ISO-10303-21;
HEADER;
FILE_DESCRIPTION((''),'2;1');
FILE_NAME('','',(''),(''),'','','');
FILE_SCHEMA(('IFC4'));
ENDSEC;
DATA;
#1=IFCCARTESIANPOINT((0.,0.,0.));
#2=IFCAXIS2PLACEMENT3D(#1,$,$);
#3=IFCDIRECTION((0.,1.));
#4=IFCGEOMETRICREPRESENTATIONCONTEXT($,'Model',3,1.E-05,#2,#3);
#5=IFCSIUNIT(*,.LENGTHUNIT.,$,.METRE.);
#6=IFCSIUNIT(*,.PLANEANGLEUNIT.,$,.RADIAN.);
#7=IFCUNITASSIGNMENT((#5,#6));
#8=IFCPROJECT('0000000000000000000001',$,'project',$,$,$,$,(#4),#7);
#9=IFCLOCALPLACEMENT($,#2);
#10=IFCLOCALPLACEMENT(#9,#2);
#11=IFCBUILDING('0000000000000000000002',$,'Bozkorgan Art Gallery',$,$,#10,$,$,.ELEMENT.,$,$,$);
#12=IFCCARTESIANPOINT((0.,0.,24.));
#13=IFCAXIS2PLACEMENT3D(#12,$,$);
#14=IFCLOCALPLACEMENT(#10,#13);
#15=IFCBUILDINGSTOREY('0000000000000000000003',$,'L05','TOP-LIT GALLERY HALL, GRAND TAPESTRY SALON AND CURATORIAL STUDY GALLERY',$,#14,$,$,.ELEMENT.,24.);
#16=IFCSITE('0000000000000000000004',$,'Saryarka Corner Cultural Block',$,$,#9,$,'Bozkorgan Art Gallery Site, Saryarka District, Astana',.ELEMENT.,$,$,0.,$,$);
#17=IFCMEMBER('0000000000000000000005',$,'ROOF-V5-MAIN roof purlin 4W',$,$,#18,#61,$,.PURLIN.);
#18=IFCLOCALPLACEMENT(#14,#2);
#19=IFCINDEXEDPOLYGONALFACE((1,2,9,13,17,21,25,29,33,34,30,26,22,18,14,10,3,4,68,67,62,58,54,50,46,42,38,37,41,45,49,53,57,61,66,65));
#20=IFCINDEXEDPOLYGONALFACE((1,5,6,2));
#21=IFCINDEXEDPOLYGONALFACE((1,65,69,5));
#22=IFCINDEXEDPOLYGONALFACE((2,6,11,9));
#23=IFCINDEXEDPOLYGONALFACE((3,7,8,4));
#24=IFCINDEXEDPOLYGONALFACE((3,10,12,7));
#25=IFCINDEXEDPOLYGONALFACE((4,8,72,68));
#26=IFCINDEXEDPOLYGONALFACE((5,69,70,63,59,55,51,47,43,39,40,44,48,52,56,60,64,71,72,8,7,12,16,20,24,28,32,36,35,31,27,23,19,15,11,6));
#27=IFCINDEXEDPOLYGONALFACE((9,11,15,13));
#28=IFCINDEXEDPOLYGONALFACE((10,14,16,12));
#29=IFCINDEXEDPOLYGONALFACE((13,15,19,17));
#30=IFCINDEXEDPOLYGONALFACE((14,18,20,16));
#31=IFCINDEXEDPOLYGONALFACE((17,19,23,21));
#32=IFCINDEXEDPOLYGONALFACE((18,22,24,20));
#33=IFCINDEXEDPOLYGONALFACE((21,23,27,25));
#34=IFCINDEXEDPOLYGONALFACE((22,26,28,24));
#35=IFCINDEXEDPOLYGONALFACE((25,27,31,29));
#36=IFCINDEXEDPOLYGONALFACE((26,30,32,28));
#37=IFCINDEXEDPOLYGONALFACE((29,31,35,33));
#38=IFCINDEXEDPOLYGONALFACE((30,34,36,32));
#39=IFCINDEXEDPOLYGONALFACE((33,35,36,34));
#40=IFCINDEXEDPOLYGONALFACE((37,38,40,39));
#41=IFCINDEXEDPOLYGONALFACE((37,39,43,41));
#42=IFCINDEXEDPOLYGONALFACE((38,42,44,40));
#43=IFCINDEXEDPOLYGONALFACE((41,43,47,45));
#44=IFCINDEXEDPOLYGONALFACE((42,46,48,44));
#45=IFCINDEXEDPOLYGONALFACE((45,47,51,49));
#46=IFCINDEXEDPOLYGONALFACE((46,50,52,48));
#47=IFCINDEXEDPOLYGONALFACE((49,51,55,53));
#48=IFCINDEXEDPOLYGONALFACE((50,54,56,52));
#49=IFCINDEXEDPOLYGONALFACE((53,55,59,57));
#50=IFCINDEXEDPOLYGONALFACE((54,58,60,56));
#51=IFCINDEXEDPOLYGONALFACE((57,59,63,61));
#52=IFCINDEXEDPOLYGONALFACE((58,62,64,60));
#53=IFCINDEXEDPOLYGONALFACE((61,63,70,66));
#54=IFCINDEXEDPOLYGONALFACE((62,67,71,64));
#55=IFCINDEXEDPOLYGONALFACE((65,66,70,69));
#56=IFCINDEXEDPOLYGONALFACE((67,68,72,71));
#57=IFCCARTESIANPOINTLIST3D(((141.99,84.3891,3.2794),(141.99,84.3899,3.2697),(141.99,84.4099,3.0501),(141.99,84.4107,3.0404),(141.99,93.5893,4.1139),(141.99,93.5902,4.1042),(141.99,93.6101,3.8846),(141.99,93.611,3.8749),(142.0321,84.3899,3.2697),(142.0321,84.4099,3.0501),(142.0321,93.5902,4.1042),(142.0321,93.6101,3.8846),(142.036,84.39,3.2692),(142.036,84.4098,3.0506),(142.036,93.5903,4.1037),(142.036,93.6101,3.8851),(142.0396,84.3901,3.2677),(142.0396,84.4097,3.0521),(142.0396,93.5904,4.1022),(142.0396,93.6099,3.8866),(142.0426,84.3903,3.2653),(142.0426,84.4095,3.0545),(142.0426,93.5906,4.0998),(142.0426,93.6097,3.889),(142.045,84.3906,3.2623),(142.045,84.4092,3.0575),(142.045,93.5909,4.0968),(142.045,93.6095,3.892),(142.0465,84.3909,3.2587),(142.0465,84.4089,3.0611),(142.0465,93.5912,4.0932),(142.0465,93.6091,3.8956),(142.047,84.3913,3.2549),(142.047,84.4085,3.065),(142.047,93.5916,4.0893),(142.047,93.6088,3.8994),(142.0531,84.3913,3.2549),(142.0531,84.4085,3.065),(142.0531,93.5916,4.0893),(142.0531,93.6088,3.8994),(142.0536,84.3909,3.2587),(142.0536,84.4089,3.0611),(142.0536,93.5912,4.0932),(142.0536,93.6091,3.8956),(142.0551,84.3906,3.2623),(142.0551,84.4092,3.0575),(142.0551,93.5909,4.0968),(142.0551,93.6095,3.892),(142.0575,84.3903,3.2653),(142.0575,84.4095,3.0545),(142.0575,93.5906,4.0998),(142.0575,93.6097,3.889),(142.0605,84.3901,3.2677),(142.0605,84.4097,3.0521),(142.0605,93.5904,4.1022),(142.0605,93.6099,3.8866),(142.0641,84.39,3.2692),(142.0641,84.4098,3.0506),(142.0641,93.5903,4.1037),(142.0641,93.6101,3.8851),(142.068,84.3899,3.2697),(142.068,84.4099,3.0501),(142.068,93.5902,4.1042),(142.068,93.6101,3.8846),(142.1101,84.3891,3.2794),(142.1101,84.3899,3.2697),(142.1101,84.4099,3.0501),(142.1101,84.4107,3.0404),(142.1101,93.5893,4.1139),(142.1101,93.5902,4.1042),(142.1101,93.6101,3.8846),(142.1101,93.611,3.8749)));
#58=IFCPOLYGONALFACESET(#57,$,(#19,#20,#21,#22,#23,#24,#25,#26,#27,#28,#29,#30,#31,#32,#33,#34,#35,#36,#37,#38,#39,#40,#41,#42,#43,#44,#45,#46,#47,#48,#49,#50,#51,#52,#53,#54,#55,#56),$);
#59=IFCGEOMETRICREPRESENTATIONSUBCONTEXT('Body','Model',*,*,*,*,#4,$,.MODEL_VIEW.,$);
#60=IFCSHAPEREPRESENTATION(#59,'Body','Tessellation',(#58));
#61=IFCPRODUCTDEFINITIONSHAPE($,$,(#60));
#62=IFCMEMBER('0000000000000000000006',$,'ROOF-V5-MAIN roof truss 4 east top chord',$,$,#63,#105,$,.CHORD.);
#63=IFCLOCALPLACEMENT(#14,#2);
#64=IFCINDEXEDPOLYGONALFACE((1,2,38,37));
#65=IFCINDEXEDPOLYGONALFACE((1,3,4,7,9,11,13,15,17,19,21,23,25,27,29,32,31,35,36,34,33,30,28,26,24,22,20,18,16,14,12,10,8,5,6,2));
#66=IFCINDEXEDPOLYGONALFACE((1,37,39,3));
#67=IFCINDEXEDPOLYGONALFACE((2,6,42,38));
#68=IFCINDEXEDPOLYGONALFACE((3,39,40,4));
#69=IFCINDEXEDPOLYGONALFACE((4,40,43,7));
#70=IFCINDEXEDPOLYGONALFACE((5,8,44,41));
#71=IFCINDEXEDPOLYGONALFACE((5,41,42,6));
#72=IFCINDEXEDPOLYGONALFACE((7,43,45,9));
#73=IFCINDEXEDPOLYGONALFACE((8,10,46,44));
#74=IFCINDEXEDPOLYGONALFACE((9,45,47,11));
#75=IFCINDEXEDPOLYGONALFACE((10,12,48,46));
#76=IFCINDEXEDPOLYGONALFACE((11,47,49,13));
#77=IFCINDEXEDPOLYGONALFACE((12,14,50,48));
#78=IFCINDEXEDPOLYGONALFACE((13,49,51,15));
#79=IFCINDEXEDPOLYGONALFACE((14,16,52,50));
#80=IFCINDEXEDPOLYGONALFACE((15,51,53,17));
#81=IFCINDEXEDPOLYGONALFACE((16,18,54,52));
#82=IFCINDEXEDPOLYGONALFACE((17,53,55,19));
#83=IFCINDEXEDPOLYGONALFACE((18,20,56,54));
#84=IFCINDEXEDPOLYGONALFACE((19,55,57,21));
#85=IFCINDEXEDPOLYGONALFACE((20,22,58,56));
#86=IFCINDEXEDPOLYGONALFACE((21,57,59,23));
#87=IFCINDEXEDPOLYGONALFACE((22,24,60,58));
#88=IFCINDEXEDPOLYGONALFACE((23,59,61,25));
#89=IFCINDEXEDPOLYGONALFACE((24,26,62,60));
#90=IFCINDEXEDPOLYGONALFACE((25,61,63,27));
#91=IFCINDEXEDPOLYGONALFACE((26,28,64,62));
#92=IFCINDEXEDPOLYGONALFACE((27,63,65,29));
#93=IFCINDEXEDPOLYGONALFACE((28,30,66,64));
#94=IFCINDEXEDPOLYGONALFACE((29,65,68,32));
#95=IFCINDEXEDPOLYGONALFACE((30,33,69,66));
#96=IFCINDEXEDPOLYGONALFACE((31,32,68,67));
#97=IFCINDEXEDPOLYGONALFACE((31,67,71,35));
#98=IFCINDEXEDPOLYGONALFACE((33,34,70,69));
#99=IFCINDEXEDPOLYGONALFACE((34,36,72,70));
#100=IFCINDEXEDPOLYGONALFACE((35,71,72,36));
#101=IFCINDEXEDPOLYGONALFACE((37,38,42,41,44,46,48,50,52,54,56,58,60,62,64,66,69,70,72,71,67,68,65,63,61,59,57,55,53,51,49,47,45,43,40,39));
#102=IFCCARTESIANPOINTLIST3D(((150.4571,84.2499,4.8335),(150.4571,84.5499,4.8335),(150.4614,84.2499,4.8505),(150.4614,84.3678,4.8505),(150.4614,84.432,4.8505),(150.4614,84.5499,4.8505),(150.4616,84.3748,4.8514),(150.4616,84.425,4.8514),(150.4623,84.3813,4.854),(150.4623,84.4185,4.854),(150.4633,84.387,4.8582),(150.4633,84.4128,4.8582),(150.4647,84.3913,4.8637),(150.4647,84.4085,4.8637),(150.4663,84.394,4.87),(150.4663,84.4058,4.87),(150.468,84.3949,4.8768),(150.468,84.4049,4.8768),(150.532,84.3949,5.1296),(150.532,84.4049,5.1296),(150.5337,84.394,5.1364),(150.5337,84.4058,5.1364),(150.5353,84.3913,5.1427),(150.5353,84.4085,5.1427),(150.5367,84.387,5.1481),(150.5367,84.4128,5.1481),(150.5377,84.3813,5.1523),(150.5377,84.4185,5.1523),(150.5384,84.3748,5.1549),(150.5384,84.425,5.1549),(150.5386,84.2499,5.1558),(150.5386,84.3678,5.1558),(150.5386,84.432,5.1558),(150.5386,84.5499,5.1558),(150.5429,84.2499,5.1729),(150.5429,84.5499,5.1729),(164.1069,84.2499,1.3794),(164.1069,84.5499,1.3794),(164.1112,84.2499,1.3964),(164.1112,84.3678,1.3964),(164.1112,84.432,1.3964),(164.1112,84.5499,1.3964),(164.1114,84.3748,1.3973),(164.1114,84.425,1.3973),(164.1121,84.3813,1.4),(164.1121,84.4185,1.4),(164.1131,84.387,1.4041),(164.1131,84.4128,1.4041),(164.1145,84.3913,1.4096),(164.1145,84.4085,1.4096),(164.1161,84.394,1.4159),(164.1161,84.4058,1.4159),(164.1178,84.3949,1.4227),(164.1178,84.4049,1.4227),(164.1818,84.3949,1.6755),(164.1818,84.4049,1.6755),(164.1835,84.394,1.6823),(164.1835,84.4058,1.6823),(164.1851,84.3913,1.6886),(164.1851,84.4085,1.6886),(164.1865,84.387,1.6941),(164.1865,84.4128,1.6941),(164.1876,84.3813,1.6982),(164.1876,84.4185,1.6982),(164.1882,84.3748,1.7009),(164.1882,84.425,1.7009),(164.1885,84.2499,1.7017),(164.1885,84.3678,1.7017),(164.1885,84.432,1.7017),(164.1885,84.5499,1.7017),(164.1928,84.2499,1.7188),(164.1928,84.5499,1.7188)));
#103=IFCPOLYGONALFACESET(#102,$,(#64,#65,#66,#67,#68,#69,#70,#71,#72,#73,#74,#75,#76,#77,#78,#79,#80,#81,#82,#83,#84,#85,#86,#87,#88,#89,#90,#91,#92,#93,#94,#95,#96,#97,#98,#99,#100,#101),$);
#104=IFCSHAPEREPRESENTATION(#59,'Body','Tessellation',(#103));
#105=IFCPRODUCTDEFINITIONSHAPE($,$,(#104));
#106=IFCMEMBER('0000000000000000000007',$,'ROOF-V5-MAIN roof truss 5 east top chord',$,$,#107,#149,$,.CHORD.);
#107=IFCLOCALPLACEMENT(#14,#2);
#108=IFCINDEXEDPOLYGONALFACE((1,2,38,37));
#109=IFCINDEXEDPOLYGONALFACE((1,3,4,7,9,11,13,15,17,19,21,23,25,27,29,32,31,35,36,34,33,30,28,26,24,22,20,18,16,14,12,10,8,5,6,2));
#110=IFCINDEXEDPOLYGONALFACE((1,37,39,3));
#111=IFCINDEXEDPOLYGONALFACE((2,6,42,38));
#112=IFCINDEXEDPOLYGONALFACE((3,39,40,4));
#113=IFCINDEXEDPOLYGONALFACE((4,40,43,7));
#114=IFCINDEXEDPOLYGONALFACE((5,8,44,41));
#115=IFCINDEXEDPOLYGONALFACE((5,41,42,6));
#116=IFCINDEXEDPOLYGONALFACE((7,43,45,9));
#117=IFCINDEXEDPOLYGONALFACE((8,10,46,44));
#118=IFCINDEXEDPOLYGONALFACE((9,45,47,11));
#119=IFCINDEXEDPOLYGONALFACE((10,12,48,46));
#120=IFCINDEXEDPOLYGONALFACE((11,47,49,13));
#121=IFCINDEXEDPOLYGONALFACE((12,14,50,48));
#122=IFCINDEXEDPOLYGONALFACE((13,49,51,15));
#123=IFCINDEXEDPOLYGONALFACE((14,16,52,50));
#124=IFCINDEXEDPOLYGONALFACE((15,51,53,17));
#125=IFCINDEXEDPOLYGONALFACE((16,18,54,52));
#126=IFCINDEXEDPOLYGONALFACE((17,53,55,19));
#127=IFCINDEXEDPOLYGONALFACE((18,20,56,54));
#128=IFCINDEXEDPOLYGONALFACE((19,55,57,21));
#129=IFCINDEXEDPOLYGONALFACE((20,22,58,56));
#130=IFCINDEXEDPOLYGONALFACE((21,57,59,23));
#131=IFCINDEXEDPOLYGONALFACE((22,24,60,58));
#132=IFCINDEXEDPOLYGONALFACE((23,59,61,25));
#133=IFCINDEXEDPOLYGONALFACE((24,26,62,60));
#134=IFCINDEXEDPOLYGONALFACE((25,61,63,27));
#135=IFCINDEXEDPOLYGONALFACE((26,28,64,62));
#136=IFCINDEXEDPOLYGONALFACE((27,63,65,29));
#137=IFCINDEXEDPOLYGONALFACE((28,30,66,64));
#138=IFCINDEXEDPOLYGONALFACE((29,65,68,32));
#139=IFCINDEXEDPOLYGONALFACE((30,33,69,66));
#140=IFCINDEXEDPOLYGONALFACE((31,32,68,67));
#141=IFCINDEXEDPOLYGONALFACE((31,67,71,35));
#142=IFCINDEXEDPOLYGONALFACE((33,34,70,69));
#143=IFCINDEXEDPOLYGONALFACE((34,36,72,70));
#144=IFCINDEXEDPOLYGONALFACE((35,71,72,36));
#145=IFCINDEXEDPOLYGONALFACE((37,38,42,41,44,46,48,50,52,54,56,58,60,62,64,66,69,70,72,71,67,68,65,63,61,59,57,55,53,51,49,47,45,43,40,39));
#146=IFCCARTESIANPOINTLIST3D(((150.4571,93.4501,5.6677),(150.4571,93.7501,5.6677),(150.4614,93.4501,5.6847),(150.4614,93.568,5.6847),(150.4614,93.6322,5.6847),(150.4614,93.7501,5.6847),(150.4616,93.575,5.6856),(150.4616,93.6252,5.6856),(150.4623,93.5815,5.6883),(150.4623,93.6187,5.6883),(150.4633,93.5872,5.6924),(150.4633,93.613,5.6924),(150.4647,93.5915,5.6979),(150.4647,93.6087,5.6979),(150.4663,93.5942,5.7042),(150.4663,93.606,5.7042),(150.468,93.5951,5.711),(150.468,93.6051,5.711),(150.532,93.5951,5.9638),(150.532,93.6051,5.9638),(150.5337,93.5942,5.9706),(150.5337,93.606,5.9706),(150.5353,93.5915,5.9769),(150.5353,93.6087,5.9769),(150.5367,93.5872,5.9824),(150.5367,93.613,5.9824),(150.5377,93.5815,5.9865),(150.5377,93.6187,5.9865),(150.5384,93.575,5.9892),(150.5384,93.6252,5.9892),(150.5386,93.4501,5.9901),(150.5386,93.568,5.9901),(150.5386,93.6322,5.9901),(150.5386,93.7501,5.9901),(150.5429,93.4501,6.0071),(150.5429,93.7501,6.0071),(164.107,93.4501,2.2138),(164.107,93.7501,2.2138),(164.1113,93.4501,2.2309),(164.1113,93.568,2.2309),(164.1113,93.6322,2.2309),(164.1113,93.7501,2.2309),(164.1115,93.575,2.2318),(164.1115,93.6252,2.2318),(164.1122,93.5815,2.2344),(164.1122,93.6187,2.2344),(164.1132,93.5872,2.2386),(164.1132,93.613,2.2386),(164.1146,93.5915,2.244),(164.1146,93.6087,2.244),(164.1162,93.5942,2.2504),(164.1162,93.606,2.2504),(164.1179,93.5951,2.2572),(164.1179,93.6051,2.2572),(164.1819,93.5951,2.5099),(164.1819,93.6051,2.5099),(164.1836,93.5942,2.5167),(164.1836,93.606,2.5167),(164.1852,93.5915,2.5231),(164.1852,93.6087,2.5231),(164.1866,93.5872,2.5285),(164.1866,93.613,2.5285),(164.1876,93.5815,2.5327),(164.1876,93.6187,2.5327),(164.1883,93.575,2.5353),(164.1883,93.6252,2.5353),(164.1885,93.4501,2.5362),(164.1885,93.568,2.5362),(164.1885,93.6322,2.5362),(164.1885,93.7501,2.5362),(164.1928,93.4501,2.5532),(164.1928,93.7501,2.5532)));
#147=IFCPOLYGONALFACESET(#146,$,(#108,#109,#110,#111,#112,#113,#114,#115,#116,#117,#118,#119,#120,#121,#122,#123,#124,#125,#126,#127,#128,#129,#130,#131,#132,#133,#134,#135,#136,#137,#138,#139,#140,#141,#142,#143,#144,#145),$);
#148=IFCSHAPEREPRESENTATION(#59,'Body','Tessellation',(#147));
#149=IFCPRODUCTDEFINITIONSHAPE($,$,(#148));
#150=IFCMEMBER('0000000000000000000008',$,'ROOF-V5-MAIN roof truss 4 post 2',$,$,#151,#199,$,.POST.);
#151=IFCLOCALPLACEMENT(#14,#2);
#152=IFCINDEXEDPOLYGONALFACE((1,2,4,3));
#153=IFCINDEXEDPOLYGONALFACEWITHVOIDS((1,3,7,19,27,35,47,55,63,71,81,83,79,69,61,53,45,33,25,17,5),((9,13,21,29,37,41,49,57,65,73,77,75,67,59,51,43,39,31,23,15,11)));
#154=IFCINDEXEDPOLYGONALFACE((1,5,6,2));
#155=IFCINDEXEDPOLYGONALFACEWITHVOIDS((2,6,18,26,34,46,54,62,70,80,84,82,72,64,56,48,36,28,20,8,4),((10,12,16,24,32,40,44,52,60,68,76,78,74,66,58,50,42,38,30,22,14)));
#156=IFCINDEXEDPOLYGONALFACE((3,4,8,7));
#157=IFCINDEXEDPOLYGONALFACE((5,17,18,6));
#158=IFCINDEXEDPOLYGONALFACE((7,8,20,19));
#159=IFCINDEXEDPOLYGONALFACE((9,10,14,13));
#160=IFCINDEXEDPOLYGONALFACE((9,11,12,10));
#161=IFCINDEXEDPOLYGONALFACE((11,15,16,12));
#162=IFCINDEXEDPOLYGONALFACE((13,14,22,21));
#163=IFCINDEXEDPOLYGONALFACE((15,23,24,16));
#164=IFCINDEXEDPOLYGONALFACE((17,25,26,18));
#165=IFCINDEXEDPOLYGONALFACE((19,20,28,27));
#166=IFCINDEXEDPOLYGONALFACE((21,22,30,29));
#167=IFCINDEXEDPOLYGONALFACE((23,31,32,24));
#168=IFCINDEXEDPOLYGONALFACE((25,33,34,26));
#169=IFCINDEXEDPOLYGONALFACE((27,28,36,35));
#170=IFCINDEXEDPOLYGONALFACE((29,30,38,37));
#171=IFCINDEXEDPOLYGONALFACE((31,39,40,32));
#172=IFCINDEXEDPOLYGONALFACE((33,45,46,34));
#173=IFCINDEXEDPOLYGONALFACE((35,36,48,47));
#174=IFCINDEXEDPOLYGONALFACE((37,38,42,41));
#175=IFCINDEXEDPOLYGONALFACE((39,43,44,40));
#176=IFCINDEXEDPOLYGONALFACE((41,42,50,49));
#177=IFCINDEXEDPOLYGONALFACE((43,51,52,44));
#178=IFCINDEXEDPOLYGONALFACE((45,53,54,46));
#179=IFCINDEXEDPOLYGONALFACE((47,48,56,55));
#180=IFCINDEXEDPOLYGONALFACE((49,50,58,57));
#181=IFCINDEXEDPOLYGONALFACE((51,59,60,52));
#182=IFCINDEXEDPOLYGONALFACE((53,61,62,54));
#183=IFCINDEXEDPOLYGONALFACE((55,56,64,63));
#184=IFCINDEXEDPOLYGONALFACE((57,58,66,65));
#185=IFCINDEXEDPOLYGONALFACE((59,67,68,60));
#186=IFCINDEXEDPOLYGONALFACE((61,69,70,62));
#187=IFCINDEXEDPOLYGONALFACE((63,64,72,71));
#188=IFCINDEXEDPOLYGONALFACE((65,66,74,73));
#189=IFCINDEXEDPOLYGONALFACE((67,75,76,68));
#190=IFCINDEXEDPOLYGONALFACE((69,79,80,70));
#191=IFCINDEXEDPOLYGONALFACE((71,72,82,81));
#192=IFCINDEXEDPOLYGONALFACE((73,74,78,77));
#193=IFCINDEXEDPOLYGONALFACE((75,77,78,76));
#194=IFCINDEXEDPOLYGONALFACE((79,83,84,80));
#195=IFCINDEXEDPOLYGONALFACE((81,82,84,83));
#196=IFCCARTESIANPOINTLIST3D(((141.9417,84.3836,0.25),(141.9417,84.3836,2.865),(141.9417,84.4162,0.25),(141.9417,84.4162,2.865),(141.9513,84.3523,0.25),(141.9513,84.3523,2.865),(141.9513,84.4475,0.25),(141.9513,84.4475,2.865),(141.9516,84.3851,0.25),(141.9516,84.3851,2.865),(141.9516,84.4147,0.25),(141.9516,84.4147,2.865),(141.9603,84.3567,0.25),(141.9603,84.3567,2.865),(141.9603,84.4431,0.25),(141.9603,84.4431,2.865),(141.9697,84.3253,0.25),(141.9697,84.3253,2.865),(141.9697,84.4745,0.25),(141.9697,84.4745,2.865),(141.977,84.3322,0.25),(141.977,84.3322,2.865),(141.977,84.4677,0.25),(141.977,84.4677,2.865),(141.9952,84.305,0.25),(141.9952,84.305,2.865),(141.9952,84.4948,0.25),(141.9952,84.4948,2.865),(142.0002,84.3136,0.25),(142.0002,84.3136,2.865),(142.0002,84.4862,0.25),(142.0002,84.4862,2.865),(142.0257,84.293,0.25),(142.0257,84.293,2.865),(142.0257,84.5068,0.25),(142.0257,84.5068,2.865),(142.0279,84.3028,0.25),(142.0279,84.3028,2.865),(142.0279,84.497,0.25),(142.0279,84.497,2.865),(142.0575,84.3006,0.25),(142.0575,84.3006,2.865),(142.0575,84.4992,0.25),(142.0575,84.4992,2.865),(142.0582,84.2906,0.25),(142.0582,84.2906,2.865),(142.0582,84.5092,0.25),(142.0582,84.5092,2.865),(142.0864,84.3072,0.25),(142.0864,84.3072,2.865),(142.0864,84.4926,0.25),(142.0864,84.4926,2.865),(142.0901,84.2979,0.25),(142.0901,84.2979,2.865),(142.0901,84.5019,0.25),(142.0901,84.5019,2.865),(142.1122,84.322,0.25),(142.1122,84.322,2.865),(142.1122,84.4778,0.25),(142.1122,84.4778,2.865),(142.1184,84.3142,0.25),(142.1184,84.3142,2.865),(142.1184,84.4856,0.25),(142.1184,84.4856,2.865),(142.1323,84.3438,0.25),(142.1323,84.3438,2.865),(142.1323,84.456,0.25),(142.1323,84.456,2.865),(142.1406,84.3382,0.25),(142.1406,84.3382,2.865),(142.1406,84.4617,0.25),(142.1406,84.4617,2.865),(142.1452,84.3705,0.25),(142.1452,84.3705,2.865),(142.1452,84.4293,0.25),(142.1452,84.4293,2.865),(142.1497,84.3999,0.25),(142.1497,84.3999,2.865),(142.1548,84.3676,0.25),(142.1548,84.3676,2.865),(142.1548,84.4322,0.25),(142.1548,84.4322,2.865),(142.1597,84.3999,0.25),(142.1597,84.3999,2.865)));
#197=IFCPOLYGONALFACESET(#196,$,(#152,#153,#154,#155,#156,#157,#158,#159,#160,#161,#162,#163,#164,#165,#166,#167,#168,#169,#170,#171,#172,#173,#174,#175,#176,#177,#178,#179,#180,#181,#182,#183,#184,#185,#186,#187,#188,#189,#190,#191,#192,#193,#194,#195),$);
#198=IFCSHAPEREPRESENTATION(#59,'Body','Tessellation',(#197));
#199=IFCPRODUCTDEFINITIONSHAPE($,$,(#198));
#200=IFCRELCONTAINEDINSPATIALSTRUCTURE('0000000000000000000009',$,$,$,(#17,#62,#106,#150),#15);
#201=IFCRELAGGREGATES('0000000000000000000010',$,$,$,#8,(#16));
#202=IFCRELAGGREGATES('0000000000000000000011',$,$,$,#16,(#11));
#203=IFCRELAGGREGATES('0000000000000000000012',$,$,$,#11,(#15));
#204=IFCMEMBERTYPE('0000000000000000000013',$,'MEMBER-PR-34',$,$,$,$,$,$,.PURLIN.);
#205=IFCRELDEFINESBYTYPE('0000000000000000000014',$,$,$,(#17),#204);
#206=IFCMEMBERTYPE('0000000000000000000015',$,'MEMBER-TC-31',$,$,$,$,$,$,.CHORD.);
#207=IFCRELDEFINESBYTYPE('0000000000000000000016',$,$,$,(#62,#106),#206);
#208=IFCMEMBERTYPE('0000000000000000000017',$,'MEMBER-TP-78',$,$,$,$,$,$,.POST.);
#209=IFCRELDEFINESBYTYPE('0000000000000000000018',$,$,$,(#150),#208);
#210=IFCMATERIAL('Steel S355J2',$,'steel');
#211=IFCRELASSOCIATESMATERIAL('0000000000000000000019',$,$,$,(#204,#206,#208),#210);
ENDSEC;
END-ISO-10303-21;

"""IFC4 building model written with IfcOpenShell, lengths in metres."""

from ifc_helpers import new_model, si_unit, direction, frame, origin, origin_2d, place, context, subcontext, project, spatial, hollow_circle, i_section, extrude, material, material_profile, profile_set, type_object, element, save


model = new_model("IFC4")

# Units and contexts
model_context = context("Model", 3, precision=1e-05, world=origin(), true_north=direction((0.0, 1.0)))
body_context = subcontext(model_context, "Body", "Model", "MODEL_VIEW")
ifc_project = project(units=[si_unit("LENGTHUNIT", "METRE"), si_unit("PLANEANGLEUNIT", "RADIAN")], contexts=[model_context])

# Site, building, storey
site_placement = place(None, origin())
site = spatial("IfcSite", under=ifc_project, at=site_placement, Name="Saryarka Corner Cultural Block", LongName="Bozkorgan Art Gallery Site, Saryarka District, Astana", CompositionType="ELEMENT", RefElevation=0.0)
building_placement = place(site_placement, origin())
building = spatial("IfcBuilding", under=site, at=building_placement, Name="Bozkorgan Art Gallery", CompositionType="ELEMENT")
storey_placement = place(building_placement, frame((0.0, 0.0, 24.0)))
storey = spatial("IfcBuildingStorey", under=building, at=storey_placement, Name="L05", Description="TOP-LIT GALLERY HALL, GRAND TAPESTRY SALON AND CURATORIAL STUDY GALLERY", CompositionType="ELEMENT", Elevation=24.0)

# Members
ifc_material_1 = material(Name="Steel S355J2", Category="steel")
ifc_material_profile_1 = material_profile(ifc_material_1, i_section(OverallWidth=0.1201, OverallDepth=0.24, WebThickness=0.0061, FlangeThickness=0.0098, FilletRadius=0.0149, at=origin_2d()), Name="IPE 240")
ifc_profile_set_1 = profile_set([ifc_material_profile_1], Name="Steel S355J2")
member_type_1 = type_object("IfcMemberType", Name="MEMBER-PR-34", PredefinedType="PURLIN", material=ifc_profile_set_1)
member_1_placement = place(storey_placement, frame((142.05, 84.3999, 3.1599), z_axis=(0.0, 0.995912, 0.090331), x_axis=(-1.0, 0.0, 0.0)))
element("IfcMember", 1, at=member_1_placement, inside=storey, type_object=member_type_1, Name="ROOF-V5-MAIN roof purlin 4W", PredefinedType="PURLIN", context=body_context, shape_type="SweptSolid", body=[
    extrude(i_section(OverallWidth=0.1201, OverallDepth=0.24, WebThickness=0.0061, FlangeThickness=0.0098, FilletRadius=0.0149, at=origin_2d()), origin(), (0.0, 0.0, 1.0), 9.238),
])
ifc_material_profile_2 = material_profile(ifc_material_1, i_section(OverallWidth=0.3, OverallDepth=0.3501, WebThickness=0.01, FlangeThickness=0.0176, FilletRadius=0.0271, at=origin_2d()), Name="HEA 360")
ifc_profile_set_2 = profile_set([ifc_material_profile_2], Name="Steel S355J2")
member_type_2 = type_object("IfcMemberType", Name="MEMBER-TC-31", PredefinedType="CHORD", material=ifc_profile_set_2)
for number, where, z_axis, x_axis, name in (
    (2, (150.5, 84.3999, 5.0032), (0.969443, 0.0, -0.245317), (0.0, 1.0, 0.0), "ROOF-V5-MAIN roof truss 4 east top chord"),
    (3, (150.5, 93.6001, 5.8374), (0.969447, 0.0, -0.245301), (0.0, 1.0, 0.0), "ROOF-V5-MAIN roof truss 5 east top chord"),
):
    element("IfcMember", number, at=place(storey_placement, frame(where, z_axis=z_axis, x_axis=x_axis)), inside=storey, type_object=member_type_2, Name=name, PredefinedType="CHORD", context=body_context, shape_type="SweptSolid", body=[
        extrude(i_section(OverallWidth=0.3, OverallDepth=0.3501, WebThickness=0.01, FlangeThickness=0.0176, FilletRadius=0.0271, at=origin_2d()), origin(), (0.0, 0.0, 1.0), 14.0801),
    ])
ifc_material_profile_3 = material_profile(ifc_material_1, hollow_circle(Radius=0.1096, WallThickness=0.01, at=origin_2d()), Name="CHS 219.1x10")
ifc_profile_set_3 = profile_set([ifc_material_profile_3], Name="Steel S355J2")
member_type_3 = type_object("IfcMemberType", Name="MEMBER-TP-78", PredefinedType="POST", material=ifc_profile_set_3)
member_2_placement = place(storey_placement, frame((142.05, 84.3999, 0.25), z_axis=(0.0, 0.0, 1.0), x_axis=(1.0, 0.0, 0.0)))
element("IfcMember", 4, at=member_2_placement, inside=storey, type_object=member_type_3, Name="ROOF-V5-MAIN roof truss 4 post 2", PredefinedType="POST", context=body_context, shape_type="SweptSolid", body=[
    extrude(hollow_circle(Radius=0.1096, WallThickness=0.01, at=origin_2d()), origin(), (0.0, 0.0, 1.0), 2.615),
])

save(model, "model.ifc")
